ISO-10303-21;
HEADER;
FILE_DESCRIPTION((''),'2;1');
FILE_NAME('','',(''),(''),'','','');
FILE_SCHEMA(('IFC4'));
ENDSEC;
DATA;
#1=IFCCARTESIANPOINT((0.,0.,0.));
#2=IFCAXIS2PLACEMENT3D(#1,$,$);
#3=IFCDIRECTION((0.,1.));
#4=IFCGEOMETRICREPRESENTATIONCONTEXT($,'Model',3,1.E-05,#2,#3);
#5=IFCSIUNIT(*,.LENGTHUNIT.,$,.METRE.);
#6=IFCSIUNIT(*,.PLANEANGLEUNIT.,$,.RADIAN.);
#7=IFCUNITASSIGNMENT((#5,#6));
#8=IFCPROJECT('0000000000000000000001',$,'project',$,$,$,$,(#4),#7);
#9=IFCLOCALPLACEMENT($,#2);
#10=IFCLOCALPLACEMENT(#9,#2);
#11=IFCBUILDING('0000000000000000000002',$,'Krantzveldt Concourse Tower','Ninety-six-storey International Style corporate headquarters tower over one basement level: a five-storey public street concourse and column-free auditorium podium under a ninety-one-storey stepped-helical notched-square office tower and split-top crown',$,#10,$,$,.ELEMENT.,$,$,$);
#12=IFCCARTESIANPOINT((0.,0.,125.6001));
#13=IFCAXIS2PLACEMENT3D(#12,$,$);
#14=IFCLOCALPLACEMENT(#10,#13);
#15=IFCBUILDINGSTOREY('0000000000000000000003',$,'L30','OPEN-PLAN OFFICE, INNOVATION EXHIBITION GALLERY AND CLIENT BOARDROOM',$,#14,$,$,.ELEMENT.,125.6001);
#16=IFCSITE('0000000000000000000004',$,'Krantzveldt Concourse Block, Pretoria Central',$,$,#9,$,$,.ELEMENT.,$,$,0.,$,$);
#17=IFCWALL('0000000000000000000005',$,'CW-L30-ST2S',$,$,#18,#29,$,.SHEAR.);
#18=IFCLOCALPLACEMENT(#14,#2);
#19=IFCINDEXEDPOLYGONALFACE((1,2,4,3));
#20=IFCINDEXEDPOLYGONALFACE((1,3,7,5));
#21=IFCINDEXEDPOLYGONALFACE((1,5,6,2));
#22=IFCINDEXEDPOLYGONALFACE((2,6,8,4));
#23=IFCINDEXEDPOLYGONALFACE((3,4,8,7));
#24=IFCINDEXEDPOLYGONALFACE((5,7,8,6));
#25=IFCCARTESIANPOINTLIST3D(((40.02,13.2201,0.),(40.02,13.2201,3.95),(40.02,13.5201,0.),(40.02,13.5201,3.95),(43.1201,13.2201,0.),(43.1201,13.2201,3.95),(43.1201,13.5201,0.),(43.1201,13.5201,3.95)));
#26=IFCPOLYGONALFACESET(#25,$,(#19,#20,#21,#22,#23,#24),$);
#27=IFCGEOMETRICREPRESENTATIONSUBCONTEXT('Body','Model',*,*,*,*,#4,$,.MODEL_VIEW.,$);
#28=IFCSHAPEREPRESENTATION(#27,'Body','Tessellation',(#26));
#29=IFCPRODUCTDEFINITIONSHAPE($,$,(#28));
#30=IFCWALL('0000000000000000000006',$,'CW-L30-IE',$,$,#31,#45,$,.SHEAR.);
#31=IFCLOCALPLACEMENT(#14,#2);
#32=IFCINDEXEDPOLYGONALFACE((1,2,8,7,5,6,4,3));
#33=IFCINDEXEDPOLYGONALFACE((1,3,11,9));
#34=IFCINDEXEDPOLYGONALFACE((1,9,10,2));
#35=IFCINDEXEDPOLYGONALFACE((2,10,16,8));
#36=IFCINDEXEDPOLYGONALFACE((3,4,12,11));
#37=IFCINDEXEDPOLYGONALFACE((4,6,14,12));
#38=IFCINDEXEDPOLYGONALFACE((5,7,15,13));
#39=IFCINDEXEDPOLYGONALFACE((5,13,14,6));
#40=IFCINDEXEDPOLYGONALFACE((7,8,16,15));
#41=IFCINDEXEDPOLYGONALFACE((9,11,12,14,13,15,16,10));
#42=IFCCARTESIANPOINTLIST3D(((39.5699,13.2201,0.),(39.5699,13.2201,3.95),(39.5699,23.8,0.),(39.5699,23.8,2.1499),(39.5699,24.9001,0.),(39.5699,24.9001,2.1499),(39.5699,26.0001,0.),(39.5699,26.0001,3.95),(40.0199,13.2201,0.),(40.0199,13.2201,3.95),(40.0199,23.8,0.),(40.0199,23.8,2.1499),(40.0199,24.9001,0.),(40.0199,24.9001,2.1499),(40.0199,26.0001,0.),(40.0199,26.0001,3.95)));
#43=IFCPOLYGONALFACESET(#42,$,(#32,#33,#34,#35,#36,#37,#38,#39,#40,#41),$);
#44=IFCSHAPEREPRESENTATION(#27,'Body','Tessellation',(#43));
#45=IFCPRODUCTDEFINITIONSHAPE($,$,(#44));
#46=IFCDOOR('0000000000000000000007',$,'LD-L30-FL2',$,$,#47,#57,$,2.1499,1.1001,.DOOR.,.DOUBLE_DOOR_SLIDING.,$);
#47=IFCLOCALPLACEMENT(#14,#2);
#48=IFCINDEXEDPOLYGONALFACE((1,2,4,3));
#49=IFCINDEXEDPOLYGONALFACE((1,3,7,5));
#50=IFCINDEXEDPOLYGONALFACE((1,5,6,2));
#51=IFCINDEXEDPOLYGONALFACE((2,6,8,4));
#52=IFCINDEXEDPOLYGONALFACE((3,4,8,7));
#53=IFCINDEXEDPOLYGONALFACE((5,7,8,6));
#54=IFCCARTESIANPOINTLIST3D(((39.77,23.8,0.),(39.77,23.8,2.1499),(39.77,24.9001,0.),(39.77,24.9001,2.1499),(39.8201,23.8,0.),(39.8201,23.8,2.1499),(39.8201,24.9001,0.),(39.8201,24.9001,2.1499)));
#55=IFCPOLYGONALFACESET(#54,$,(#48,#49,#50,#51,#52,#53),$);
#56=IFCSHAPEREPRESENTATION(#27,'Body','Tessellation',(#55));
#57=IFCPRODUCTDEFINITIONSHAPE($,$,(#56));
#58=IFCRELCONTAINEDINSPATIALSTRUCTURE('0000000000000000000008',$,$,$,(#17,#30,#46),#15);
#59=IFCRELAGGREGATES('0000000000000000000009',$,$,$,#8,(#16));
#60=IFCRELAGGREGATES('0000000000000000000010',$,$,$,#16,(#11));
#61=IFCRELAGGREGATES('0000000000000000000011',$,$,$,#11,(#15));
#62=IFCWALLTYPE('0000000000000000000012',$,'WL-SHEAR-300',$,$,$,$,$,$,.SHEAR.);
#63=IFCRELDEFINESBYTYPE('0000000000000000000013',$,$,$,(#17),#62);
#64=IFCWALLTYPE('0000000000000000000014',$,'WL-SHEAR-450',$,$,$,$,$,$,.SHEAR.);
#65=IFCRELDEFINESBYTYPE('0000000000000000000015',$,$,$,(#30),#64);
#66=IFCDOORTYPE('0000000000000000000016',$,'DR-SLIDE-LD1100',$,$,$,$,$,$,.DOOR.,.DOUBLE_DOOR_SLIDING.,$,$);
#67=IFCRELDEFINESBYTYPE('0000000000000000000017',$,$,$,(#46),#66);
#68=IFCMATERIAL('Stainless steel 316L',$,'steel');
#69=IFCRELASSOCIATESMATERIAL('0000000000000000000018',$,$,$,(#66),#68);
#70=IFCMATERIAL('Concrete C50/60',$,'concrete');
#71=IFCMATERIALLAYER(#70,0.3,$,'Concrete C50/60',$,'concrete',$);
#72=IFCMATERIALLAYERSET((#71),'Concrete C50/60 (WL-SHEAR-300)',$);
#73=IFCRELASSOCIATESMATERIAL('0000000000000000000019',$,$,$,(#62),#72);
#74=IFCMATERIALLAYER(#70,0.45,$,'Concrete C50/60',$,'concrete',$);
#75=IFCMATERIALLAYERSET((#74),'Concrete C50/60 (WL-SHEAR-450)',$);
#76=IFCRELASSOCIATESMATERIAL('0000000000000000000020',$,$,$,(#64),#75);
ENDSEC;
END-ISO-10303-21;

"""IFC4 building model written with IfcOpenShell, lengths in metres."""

from ifc_helpers import new_model, si_unit, direction, frame, frame_2d, origin, place, context, subcontext, project, spatial, rectangle, extrude, material, layer, layer_set, type_object, element, fill, save


model = new_model("IFC4")

# Units and contexts
model_context = context("Model", 3, precision=1e-05, world=origin(), true_north=direction((0.0, 1.0)))
body_context = subcontext(model_context, "Body", "Model", "MODEL_VIEW")
ifc_project = project(units=[si_unit("LENGTHUNIT", "METRE"), si_unit("PLANEANGLEUNIT", "RADIAN")], contexts=[model_context])

# Site, building, storey
site_placement = place(None, origin())
site = spatial("IfcSite", under=ifc_project, at=site_placement, Name="Krantzveldt Concourse Block, Pretoria Central", CompositionType="ELEMENT", RefElevation=0.0)
building_placement = place(site_placement, origin())
building = spatial("IfcBuilding", under=site, at=building_placement, Name="Krantzveldt Concourse Tower", Description="Ninety-six-storey International Style corporate headquarters tower over one basement level: a five-storey public street concourse and column-free auditorium podium under a ninety-one-storey stepped-helical notched-square office tower and split-top crown", CompositionType="ELEMENT")
storey_placement = place(building_placement, frame((0.0, 0.0, 125.6001)))
storey = spatial("IfcBuildingStorey", under=building, at=storey_placement, Name="L30", Description="OPEN-PLAN OFFICE, INNOVATION EXHIBITION GALLERY AND CLIENT BOARDROOM", CompositionType="ELEMENT", Elevation=125.6001)

# Shared definitions
ifc_material_1 = material(Name="Stainless steel 316L", Category="steel")
door_type = type_object("IfcDoorType", Name="DR-SLIDE-LD1100", OperationType="DOUBLE_DOOR_SLIDING", PredefinedType="DOOR", material=ifc_material_1)

# Wall
ifc_material_2 = material(Name="Concrete C50/60", Category="concrete")
ifc_layer_1 = layer(ifc_material_2, 0.3, Name="Concrete C50/60", Category="concrete")
ifc_layer_set_1 = layer_set([ifc_layer_1], Name="Concrete C50/60 (WL-SHEAR-300)")
wall_type_1 = type_object("IfcWallType", Name="WL-SHEAR-300", PredefinedType="SHEAR", material=ifc_layer_set_1)
wall_1_placement = place(storey_placement, frame((40.02, 13.3701, 0.0), z_axis=(0.0, 0.0, 1.0), x_axis=(1.0, 0.0, 0.0)))
element("IfcWall", 1, at=wall_1_placement, inside=storey, type_object=wall_type_1, Name="CW-L30-ST2S", PredefinedType="SHEAR", context=body_context, shape_type="SweptSolid", body=[
    extrude(rectangle(XDim=3.1001, YDim=0.3, at=frame_2d((1.55, 0.0))), origin(), (0.0, 0.0, 1.0), 3.95),
])

# Wall, opening, door
ifc_layer_2 = layer(ifc_material_2, 0.45, Name="Concrete C50/60", Category="concrete")
ifc_layer_set_2 = layer_set([ifc_layer_2], Name="Concrete C50/60 (WL-SHEAR-450)")
wall_type_2 = type_object("IfcWallType", Name="WL-SHEAR-450", PredefinedType="SHEAR", material=ifc_layer_set_2)
wall_2_placement = place(storey_placement, frame((39.7949, 13.22, 0.0), z_axis=(0.0, 0.0, 1.0), x_axis=(0.0, 1.0, 0.0)))
wall_2 = element("IfcWall", 2, at=wall_2_placement, inside=storey, type_object=wall_type_2, Name="CW-L30-IE", PredefinedType="SHEAR", context=body_context, shape_type="SweptSolid", body=[
    extrude(rectangle(XDim=12.78, YDim=0.45, at=frame_2d((6.3901, 0.0))), origin(), (0.0, 0.0, 1.0), 3.95),
])
opening_1_placement = place(wall_2_placement, frame((10.5801, 0.0, 0.0)))
opening_1 = element("IfcOpeningElement", 3, at=opening_1_placement, cuts=wall_2, PredefinedType="OPENING", context=body_context, shape_type="SweptSolid", body=[
    extrude(rectangle(XDim=1.1001, YDim=2.1499, at=frame_2d((0.55, 1.075))), frame((0.0, 0.2349, 0.0), z_axis=(0.0, -1.0, 0.0), x_axis=(1.0, 0.0, 0.0)), (0.0, 0.0, 1.0), 0.47),
])
door_1_placement = place(opening_1_placement, origin())
door_1 = element("IfcDoor", 4, at=door_1_placement, inside=storey, type_object=door_type, Name="LD-L30-FL2", OperationType="DOUBLE_DOOR_SLIDING", OverallHeight=2.1499, OverallWidth=1.1001, PredefinedType="DOOR", context=body_context, shape_type="SweptSolid", body=[
    extrude(rectangle(XDim=1.1001, YDim=2.1499, at=frame_2d((0.55, 1.075))), frame((0.0, 0.0249, 0.0), z_axis=(0.0, -1.0, 0.0), x_axis=(1.0, 0.0, 0.0)), (0.0, 0.0, 1.0), 0.05),
])
fill(opening_1, door_1)

save(model, "model.ifc")
